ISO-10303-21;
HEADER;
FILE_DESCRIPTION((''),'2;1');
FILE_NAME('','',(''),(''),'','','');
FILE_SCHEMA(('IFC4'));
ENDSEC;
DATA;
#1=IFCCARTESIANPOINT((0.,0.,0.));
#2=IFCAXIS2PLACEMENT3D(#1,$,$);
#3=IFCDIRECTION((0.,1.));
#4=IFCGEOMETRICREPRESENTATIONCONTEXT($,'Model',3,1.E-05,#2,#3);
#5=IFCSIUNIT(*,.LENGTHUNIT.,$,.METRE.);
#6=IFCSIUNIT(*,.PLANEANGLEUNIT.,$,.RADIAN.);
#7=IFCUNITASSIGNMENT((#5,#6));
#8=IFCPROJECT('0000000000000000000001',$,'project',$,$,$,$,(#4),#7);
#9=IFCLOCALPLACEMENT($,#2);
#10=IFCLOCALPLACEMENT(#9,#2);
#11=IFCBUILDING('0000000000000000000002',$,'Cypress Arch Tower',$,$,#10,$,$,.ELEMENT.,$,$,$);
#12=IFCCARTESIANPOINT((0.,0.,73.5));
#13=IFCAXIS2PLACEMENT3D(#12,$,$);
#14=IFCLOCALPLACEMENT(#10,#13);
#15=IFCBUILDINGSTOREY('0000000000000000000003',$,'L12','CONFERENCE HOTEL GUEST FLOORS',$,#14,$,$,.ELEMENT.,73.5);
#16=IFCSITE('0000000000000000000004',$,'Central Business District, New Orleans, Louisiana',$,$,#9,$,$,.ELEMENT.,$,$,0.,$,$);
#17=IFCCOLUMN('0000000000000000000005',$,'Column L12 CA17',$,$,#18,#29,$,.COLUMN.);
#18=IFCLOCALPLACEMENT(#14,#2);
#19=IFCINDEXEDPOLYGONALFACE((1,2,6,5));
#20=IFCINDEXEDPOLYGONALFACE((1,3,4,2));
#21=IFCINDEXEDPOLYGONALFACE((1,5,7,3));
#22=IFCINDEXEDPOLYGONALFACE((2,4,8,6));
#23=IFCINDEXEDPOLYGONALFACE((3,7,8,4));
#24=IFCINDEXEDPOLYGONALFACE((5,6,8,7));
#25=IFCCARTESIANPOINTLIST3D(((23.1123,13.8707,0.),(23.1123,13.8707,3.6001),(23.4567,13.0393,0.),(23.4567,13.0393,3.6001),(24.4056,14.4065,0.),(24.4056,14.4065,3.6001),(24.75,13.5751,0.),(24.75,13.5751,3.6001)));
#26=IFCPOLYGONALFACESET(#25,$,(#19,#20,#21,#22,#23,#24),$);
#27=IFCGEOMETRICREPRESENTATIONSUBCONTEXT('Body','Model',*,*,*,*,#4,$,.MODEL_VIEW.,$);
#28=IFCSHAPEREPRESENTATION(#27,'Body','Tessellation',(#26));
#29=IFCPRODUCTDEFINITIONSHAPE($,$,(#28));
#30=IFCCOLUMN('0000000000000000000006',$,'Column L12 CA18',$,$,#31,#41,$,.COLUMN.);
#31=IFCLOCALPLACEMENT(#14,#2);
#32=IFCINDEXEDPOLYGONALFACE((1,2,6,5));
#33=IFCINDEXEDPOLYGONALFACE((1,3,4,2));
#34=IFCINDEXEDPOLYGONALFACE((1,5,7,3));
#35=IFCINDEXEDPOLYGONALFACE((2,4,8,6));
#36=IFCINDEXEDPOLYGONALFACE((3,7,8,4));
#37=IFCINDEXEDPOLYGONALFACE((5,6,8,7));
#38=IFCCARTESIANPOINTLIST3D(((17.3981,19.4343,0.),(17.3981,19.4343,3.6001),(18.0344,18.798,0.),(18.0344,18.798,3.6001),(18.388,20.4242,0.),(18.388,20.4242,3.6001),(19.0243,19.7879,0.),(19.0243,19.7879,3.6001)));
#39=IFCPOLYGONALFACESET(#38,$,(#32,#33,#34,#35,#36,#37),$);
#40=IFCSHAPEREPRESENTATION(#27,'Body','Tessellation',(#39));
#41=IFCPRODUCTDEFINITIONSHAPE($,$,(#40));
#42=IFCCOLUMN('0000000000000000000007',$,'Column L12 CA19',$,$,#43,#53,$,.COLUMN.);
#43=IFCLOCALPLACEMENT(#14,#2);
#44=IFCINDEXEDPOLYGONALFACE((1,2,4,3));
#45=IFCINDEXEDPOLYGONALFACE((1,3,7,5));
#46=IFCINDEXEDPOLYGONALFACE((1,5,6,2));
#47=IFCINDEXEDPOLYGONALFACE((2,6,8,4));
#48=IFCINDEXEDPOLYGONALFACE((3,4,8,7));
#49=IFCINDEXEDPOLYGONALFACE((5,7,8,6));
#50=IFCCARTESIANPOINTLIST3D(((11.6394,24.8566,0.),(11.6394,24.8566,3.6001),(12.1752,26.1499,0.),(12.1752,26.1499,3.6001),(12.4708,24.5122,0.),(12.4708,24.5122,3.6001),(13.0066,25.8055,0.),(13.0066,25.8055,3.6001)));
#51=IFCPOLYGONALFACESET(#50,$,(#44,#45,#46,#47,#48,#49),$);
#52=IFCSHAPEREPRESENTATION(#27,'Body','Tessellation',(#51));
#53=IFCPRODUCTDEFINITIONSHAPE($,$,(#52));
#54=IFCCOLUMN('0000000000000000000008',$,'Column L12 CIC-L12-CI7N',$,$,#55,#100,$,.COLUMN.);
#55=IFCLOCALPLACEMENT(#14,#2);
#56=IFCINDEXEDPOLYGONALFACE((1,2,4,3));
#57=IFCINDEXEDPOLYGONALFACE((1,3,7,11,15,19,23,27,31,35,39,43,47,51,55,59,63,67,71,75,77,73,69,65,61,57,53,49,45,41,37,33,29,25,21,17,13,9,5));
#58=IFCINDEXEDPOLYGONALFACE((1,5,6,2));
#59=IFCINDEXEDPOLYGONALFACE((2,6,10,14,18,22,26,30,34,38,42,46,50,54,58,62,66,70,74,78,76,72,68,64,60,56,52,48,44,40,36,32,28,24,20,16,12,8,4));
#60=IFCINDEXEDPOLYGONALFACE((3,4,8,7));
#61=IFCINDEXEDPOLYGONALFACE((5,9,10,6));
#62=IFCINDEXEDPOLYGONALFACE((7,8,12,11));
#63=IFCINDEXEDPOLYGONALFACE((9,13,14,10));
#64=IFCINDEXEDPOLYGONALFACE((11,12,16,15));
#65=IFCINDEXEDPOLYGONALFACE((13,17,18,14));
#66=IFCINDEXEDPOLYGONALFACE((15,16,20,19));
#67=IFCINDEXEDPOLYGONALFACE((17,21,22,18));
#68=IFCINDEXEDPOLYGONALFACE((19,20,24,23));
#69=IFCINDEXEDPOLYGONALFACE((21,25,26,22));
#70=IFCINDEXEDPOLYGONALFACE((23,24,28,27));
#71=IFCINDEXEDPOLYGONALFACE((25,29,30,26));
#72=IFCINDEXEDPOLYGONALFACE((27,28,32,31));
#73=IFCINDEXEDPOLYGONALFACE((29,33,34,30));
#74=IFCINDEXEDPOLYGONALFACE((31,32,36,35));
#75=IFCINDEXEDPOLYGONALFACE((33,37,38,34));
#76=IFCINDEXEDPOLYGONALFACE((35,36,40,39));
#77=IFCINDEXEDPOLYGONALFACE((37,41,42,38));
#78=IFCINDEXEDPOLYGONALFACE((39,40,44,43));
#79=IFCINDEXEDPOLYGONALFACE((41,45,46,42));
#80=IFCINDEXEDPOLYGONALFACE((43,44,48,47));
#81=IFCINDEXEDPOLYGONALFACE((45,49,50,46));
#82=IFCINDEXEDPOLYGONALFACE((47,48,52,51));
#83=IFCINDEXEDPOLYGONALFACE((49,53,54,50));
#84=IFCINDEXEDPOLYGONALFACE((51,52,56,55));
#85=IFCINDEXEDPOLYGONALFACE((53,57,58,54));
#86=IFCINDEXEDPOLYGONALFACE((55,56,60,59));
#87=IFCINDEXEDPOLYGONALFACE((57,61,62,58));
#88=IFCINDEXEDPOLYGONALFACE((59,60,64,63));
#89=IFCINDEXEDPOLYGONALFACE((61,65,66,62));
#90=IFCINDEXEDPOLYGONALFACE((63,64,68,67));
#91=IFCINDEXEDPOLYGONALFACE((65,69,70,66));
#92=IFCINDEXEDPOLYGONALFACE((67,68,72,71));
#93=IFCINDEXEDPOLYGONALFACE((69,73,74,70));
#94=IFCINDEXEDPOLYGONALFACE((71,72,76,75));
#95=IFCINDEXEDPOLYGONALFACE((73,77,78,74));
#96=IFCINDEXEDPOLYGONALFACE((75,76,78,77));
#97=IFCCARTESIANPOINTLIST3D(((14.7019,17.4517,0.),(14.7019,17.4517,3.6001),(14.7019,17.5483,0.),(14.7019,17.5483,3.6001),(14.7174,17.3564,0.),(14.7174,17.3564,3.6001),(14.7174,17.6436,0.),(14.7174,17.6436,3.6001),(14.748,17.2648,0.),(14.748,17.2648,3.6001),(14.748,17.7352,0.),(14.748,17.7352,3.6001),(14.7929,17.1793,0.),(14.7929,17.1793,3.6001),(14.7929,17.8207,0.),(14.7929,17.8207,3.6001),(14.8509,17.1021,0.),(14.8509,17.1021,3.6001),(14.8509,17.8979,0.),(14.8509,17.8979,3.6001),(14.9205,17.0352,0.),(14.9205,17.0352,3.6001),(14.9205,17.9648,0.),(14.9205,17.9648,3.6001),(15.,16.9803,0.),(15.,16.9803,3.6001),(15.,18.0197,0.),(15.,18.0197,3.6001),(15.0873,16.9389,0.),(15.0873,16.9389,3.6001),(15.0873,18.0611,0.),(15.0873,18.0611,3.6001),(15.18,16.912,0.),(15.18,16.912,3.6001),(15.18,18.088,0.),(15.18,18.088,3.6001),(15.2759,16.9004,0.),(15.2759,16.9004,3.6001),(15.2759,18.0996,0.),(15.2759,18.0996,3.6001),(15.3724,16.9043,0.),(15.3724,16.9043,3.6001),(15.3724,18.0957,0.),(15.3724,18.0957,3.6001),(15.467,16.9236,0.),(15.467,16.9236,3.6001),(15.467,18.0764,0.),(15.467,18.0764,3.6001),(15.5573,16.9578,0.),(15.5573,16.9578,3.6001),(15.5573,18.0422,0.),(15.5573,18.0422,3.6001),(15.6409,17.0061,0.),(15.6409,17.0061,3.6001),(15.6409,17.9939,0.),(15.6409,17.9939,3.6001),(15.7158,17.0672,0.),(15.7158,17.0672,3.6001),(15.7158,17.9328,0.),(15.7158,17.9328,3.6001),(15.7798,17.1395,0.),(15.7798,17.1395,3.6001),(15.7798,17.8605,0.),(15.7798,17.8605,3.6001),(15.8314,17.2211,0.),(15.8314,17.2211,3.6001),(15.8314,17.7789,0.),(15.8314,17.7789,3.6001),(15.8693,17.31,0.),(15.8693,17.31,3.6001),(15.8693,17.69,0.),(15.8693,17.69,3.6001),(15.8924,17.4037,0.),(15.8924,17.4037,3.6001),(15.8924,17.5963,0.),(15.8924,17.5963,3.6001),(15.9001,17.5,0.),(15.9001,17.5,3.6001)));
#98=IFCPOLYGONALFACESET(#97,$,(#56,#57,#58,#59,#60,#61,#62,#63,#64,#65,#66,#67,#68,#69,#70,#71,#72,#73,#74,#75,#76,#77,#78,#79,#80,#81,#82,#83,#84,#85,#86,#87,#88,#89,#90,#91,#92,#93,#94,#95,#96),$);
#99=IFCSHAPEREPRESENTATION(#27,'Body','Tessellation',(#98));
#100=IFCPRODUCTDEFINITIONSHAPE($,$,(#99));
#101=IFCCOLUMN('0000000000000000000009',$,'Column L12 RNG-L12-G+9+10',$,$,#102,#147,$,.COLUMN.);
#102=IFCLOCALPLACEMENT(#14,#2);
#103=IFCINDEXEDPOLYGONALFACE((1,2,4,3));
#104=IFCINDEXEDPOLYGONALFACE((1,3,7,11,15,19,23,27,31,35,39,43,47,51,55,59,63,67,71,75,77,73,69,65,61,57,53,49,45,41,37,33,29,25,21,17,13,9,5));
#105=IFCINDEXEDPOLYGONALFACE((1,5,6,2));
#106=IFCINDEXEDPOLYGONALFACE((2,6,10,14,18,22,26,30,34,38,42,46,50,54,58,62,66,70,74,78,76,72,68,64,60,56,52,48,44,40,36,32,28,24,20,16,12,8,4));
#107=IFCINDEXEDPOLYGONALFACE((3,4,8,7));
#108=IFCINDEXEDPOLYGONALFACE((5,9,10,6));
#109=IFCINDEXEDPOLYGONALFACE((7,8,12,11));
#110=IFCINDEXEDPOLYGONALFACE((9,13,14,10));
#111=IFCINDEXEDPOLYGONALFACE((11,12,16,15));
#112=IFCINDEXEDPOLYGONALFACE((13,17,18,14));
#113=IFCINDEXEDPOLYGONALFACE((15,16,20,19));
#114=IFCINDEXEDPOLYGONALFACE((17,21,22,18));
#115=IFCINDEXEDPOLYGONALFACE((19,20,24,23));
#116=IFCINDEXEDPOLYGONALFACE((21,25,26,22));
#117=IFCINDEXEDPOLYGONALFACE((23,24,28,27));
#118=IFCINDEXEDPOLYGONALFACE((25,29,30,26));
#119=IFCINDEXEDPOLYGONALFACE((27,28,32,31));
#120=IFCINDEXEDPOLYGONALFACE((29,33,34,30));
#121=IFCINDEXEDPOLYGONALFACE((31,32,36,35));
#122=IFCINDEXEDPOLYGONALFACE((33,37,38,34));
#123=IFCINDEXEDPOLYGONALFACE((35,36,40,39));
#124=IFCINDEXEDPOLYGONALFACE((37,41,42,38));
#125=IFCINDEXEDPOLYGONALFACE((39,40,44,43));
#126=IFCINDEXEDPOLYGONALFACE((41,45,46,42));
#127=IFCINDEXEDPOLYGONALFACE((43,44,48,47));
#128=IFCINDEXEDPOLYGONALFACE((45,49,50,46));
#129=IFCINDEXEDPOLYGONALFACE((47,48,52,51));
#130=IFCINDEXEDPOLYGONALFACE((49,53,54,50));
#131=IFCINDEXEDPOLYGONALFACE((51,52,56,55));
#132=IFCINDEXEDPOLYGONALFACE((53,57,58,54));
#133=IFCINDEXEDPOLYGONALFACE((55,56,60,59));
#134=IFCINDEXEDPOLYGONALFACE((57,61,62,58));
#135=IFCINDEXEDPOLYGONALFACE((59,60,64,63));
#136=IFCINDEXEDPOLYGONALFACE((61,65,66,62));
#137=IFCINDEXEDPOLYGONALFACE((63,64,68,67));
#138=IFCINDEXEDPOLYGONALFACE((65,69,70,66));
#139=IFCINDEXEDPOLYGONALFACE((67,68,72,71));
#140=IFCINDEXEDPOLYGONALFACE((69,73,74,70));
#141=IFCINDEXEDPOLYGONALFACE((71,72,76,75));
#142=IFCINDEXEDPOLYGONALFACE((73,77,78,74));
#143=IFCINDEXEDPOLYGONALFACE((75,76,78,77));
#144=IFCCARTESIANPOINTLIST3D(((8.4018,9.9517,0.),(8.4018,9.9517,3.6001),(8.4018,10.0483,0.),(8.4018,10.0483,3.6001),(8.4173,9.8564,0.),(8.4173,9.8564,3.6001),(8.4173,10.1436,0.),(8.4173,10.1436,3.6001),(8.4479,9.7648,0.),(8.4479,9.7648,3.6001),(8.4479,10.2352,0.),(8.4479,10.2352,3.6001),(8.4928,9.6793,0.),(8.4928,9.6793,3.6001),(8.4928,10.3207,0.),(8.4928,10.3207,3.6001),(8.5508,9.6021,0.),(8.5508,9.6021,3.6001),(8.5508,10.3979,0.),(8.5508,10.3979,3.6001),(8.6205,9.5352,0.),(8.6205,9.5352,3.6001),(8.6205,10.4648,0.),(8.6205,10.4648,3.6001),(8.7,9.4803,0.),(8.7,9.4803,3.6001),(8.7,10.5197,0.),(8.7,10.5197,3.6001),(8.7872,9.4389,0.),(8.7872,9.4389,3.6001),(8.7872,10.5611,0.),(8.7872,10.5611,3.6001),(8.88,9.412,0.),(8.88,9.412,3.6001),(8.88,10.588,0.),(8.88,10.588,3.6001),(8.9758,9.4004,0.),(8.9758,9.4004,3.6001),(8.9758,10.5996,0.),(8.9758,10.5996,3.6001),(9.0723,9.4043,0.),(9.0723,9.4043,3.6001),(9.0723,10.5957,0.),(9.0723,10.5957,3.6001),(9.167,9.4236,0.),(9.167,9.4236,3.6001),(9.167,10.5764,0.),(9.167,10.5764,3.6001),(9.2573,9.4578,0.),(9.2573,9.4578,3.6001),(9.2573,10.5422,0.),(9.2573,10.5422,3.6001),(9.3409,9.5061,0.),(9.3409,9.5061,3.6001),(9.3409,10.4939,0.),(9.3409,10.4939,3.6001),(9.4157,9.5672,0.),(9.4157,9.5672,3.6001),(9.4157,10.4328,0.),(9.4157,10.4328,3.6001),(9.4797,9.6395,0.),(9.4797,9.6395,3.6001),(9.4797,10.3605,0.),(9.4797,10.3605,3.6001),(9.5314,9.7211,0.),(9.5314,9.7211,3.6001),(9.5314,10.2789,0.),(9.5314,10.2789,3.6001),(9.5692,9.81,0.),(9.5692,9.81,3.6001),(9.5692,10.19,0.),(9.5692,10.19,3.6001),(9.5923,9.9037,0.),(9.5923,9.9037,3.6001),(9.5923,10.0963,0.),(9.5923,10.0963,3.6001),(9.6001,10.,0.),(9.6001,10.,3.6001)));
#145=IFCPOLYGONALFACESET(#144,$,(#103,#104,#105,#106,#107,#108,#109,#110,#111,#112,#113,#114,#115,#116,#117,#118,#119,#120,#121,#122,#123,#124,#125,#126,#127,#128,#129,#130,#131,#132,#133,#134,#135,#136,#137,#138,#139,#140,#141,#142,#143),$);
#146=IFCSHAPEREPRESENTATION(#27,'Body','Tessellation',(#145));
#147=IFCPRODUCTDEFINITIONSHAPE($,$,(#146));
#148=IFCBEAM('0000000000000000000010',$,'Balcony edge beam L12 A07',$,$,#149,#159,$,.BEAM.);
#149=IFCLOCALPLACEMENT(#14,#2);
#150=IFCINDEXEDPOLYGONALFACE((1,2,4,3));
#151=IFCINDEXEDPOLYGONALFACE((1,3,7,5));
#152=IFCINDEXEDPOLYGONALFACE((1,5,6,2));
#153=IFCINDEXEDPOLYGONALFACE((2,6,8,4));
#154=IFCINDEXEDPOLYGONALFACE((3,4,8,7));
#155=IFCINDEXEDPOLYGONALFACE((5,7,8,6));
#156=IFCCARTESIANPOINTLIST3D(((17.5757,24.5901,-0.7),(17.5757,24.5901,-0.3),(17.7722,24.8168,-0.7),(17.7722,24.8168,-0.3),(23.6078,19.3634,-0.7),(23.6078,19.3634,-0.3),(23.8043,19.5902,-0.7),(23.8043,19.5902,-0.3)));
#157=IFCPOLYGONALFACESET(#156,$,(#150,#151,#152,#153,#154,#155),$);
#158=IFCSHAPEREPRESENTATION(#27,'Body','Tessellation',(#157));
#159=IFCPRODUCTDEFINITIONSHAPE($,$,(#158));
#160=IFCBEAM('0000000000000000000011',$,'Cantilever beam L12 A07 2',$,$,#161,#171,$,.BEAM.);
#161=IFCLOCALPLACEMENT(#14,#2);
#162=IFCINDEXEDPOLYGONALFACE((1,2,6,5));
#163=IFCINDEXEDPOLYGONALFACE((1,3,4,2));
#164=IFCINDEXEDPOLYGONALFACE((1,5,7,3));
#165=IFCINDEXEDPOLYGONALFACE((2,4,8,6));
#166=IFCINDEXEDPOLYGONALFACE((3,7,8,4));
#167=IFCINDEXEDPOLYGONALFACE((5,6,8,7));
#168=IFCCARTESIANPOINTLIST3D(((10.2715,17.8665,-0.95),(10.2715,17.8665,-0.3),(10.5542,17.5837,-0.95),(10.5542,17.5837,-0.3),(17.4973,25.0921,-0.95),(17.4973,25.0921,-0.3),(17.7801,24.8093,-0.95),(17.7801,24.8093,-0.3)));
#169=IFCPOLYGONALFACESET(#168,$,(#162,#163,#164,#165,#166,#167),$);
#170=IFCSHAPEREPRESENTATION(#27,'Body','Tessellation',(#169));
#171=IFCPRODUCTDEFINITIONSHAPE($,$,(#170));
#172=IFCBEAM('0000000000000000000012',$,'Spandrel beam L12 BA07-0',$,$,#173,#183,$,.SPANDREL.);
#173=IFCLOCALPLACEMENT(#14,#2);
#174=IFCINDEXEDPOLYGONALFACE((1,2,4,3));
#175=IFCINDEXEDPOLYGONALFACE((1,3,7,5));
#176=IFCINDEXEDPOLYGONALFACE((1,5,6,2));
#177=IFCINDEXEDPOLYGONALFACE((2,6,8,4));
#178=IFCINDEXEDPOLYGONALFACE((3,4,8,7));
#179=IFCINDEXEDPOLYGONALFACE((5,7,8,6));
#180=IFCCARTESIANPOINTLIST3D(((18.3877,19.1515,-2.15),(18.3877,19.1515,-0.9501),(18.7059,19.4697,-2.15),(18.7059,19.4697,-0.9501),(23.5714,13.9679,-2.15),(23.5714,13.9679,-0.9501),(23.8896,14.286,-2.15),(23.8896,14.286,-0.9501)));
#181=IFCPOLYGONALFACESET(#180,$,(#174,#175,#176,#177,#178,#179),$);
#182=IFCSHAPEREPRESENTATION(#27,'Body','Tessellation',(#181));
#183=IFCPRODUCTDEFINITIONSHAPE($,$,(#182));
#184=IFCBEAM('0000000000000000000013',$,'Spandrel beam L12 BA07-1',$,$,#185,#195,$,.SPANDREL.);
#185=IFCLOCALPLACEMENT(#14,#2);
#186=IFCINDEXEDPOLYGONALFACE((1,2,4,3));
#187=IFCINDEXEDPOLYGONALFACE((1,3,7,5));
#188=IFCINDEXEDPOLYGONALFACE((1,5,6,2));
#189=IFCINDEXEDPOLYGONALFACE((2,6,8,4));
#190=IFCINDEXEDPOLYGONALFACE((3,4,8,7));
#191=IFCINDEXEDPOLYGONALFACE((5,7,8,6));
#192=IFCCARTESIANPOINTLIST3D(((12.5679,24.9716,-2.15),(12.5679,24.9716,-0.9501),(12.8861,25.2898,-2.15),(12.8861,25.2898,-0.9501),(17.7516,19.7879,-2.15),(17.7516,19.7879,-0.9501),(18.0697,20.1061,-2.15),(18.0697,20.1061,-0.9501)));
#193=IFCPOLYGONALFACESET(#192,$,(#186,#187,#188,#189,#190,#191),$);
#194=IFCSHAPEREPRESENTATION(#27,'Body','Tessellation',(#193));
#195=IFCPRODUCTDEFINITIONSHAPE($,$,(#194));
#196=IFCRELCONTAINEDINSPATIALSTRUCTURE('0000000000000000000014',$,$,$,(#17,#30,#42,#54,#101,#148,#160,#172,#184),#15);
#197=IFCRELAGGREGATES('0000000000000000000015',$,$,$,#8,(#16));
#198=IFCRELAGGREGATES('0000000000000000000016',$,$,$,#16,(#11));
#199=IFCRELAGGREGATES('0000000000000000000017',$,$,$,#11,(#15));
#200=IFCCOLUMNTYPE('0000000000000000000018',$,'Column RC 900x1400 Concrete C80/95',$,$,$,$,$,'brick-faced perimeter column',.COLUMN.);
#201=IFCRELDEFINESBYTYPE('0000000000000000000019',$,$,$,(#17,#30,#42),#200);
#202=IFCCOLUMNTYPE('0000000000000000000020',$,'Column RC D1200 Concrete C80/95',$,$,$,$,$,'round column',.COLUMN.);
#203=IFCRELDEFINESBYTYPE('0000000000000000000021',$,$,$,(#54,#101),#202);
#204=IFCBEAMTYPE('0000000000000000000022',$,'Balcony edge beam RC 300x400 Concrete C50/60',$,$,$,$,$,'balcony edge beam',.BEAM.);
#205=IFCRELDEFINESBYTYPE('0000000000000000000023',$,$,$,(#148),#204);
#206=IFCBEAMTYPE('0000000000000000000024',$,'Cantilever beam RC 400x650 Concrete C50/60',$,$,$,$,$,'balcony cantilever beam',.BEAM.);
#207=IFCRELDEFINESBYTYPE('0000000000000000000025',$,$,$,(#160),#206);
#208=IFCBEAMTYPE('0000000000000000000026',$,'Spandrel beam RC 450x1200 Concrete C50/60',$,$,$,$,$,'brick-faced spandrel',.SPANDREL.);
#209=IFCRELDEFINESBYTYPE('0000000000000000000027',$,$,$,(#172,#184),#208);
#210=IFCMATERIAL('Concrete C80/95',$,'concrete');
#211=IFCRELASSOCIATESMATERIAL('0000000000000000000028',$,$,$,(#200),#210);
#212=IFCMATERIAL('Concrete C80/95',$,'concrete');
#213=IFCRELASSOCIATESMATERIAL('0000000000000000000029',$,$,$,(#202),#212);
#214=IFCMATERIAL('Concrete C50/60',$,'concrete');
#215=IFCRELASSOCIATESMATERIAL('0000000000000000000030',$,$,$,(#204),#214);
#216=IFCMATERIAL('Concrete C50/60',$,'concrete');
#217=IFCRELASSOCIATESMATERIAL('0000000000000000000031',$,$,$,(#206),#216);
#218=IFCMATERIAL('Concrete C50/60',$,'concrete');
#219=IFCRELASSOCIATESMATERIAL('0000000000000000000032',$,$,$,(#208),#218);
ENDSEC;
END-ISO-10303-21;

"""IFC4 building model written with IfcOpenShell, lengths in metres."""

from ifc_helpers import new_model, si_unit, direction, frame, origin, origin_2d, place, context, subcontext, project, spatial, rectangle, circle, extrude, material, material_profile, profile_set, type_object, element, save


model = new_model("IFC4")

# Units and contexts
model_context = context("Model", 3, precision=1e-05, world=origin(), true_north=direction((0.0, 1.0)))
body_context = subcontext(model_context, "Body", "Model", "MODEL_VIEW")
ifc_project = project(units=[si_unit("LENGTHUNIT", "METRE"), si_unit("PLANEANGLEUNIT", "RADIAN")], contexts=[model_context])

# Site, building, storey
site_placement = place(None, origin())
site = spatial("IfcSite", under=ifc_project, at=site_placement, Name="Central Business District, New Orleans, Louisiana", CompositionType="ELEMENT", RefElevation=0.0)
building_placement = place(site_placement, origin())
building = spatial("IfcBuilding", under=site, at=building_placement, Name="Cypress Arch Tower", CompositionType="ELEMENT")
storey_placement = place(building_placement, frame((0.0, 0.0, 73.5)))
storey = spatial("IfcBuildingStorey", under=building, at=storey_placement, Name="L12", Description="CONFERENCE HOTEL GUEST FLOORS", CompositionType="ELEMENT", Elevation=73.5)

# Columns
ifc_material_1 = material(Name="Concrete C80/95", Category="concrete")
ifc_material_profile_1 = material_profile(ifc_material_1, rectangle(XDim=0.8999, YDim=1.3999, at=origin_2d()), Name="RC 900x1400")
ifc_profile_set_1 = profile_set([ifc_material_profile_1], Name="Concrete C80/95")
column_type_1 = type_object("IfcColumnType", Name="Column RC 900x1400 Concrete C80/95", ElementType="brick-faced perimeter column", PredefinedType="COLUMN", material=ifc_profile_set_1)
for number, where, z_axis, x_axis, name in (
    (1, (23.9312, 13.7229, 0.0), (0.0, 0.0, 1.0), (-0.382683, 0.92388, 0.0), "Column L12 CA17"),
    (2, (18.2112, 19.6111, 0.0), (0.0, 0.0, 1.0), (-0.707107, 0.707107, 0.0), "Column L12 CA18"),
    (3, (12.323, 25.3311, 0.0), (0.0, 0.0, 1.0), (-0.92388, 0.382683, 0.0), "Column L12 CA19"),
):
    element("IfcColumn", number, at=place(storey_placement, frame(where, z_axis=z_axis, x_axis=x_axis)), inside=storey, type_object=column_type_1, Name=name, PredefinedType="COLUMN", context=body_context, shape_type="SweptSolid", body=[
        extrude(rectangle(XDim=0.8999, YDim=1.3999, at=origin_2d()), origin(), (0.0, 0.0, 1.0), 3.6001),
    ])
ifc_material_2 = material(Name="Concrete C80/95", Category="concrete")
ifc_material_profile_2 = material_profile(ifc_material_2, circle(Radius=0.6001, at=origin_2d()), Name="RC D1200")
ifc_profile_set_2 = profile_set([ifc_material_profile_2], Name="Concrete C80/95")
column_type_2 = type_object("IfcColumnType", Name="Column RC D1200 Concrete C80/95", ElementType="round column", PredefinedType="COLUMN", material=ifc_profile_set_2)
for number, where, z_axis, x_axis, name in (
    (4, (15.3, 17.5, 0.0), (0.0, 0.0, 1.0), (1.0, 0.0, 0.0), "Column L12 CIC-L12-CI7N"),
    (5, (9.0, 10.0, 0.0), (0.0, 0.0, 1.0), (1.0, 0.0, 0.0), "Column L12 RNG-L12-G+9+10"),
):
    element("IfcColumn", number, at=place(storey_placement, frame(where, z_axis=z_axis, x_axis=x_axis)), inside=storey, type_object=column_type_2, Name=name, PredefinedType="COLUMN", context=body_context, shape_type="SweptSolid", body=[
        extrude(circle(Radius=0.6001, at=origin_2d()), origin(), (0.0, 0.0, 1.0), 3.6001),
    ])

# Beams
ifc_material_3 = material(Name="Concrete C50/60", Category="concrete")
ifc_material_profile_3 = material_profile(ifc_material_3, rectangle(XDim=0.3, YDim=0.3999, at=origin_2d()), Name="RC 300x400")
ifc_profile_set_3 = profile_set([ifc_material_profile_3], Name="Concrete C50/60")
beam_type_1 = type_object("IfcBeamType", Name="Balcony edge beam RC 300x400 Concrete C50/60", ElementType="balcony edge beam", PredefinedType="BEAM", material=ifc_profile_set_3)
beam_1_placement = place(storey_placement, frame((23.7061, 19.4768, -0.5), z_axis=(-0.755761, 0.654848, 0.0), x_axis=(-0.654848, -0.755761, 0.0)))
element("IfcBeam", 6, at=beam_1_placement, inside=storey, type_object=beam_type_1, Name="Balcony edge beam L12 A07", PredefinedType="BEAM", context=body_context, shape_type="SweptSolid", body=[
    extrude(rectangle(XDim=0.3, YDim=0.3999, at=origin_2d()), origin(), (0.0, 0.0, 1.0), 7.9814),
])
ifc_material_4 = material(Name="Concrete C50/60", Category="concrete")
ifc_material_profile_4 = material_profile(ifc_material_4, rectangle(XDim=0.3999, YDim=0.6499, at=origin_2d()), Name="RC 400x650")
ifc_profile_set_4 = profile_set([ifc_material_profile_4], Name="Concrete C50/60")
beam_type_2 = type_object("IfcBeamType", Name="Cantilever beam RC 400x650 Concrete C50/60", ElementType="balcony cantilever beam", PredefinedType="BEAM", material=ifc_profile_set_4)
beam_2_placement = place(storey_placement, frame((10.4128, 17.7251, -0.625), z_axis=(0.707119, 0.707095, 0.0), x_axis=(-0.707095, 0.707119, 0.0)))
element("IfcBeam", 7, at=beam_2_placement, inside=storey, type_object=beam_type_2, Name="Cantilever beam L12 A07 2", PredefinedType="BEAM", context=body_context, shape_type="SweptSolid", body=[
    extrude(rectangle(XDim=0.3999, YDim=0.6499, at=origin_2d()), origin(), (0.0, 0.0, 1.0), 10.2188),
])
ifc_material_5 = material(Name="Concrete C50/60", Category="concrete")
ifc_material_profile_5 = material_profile(ifc_material_5, rectangle(XDim=0.45, YDim=1.2, at=origin_2d()), Name="RC 450x1200")
ifc_profile_set_5 = profile_set([ifc_material_profile_5], Name="Concrete C50/60")
beam_type_3 = type_object("IfcBeamType", Name="Spandrel beam RC 450x1200 Concrete C50/60", ElementType="brick-faced spandrel", PredefinedType="SPANDREL", material=ifc_profile_set_5)
for number, where, z_axis, x_axis, name in (
    (8, (23.7305, 14.127, -1.55), (-0.707107, 0.707107, 0.0), (-0.707107, -0.707107, 0.0), "Spandrel beam L12 BA07-0"),
    (9, (17.9106, 19.947, -1.55), (-0.707107, 0.707107, 0.0), (-0.707107, -0.707107, 0.0), "Spandrel beam L12 BA07-1"),
):
    element("IfcBeam", number, at=place(storey_placement, frame(where, z_axis=z_axis, x_axis=x_axis)), inside=storey, type_object=beam_type_3, Name=name, PredefinedType="SPANDREL", context=body_context, shape_type="SweptSolid", body=[
        extrude(rectangle(XDim=0.45, YDim=1.2, at=origin_2d()), origin(), (0.0, 0.0, 1.0), 7.3308),
    ])

save(model, "model.ifc")
